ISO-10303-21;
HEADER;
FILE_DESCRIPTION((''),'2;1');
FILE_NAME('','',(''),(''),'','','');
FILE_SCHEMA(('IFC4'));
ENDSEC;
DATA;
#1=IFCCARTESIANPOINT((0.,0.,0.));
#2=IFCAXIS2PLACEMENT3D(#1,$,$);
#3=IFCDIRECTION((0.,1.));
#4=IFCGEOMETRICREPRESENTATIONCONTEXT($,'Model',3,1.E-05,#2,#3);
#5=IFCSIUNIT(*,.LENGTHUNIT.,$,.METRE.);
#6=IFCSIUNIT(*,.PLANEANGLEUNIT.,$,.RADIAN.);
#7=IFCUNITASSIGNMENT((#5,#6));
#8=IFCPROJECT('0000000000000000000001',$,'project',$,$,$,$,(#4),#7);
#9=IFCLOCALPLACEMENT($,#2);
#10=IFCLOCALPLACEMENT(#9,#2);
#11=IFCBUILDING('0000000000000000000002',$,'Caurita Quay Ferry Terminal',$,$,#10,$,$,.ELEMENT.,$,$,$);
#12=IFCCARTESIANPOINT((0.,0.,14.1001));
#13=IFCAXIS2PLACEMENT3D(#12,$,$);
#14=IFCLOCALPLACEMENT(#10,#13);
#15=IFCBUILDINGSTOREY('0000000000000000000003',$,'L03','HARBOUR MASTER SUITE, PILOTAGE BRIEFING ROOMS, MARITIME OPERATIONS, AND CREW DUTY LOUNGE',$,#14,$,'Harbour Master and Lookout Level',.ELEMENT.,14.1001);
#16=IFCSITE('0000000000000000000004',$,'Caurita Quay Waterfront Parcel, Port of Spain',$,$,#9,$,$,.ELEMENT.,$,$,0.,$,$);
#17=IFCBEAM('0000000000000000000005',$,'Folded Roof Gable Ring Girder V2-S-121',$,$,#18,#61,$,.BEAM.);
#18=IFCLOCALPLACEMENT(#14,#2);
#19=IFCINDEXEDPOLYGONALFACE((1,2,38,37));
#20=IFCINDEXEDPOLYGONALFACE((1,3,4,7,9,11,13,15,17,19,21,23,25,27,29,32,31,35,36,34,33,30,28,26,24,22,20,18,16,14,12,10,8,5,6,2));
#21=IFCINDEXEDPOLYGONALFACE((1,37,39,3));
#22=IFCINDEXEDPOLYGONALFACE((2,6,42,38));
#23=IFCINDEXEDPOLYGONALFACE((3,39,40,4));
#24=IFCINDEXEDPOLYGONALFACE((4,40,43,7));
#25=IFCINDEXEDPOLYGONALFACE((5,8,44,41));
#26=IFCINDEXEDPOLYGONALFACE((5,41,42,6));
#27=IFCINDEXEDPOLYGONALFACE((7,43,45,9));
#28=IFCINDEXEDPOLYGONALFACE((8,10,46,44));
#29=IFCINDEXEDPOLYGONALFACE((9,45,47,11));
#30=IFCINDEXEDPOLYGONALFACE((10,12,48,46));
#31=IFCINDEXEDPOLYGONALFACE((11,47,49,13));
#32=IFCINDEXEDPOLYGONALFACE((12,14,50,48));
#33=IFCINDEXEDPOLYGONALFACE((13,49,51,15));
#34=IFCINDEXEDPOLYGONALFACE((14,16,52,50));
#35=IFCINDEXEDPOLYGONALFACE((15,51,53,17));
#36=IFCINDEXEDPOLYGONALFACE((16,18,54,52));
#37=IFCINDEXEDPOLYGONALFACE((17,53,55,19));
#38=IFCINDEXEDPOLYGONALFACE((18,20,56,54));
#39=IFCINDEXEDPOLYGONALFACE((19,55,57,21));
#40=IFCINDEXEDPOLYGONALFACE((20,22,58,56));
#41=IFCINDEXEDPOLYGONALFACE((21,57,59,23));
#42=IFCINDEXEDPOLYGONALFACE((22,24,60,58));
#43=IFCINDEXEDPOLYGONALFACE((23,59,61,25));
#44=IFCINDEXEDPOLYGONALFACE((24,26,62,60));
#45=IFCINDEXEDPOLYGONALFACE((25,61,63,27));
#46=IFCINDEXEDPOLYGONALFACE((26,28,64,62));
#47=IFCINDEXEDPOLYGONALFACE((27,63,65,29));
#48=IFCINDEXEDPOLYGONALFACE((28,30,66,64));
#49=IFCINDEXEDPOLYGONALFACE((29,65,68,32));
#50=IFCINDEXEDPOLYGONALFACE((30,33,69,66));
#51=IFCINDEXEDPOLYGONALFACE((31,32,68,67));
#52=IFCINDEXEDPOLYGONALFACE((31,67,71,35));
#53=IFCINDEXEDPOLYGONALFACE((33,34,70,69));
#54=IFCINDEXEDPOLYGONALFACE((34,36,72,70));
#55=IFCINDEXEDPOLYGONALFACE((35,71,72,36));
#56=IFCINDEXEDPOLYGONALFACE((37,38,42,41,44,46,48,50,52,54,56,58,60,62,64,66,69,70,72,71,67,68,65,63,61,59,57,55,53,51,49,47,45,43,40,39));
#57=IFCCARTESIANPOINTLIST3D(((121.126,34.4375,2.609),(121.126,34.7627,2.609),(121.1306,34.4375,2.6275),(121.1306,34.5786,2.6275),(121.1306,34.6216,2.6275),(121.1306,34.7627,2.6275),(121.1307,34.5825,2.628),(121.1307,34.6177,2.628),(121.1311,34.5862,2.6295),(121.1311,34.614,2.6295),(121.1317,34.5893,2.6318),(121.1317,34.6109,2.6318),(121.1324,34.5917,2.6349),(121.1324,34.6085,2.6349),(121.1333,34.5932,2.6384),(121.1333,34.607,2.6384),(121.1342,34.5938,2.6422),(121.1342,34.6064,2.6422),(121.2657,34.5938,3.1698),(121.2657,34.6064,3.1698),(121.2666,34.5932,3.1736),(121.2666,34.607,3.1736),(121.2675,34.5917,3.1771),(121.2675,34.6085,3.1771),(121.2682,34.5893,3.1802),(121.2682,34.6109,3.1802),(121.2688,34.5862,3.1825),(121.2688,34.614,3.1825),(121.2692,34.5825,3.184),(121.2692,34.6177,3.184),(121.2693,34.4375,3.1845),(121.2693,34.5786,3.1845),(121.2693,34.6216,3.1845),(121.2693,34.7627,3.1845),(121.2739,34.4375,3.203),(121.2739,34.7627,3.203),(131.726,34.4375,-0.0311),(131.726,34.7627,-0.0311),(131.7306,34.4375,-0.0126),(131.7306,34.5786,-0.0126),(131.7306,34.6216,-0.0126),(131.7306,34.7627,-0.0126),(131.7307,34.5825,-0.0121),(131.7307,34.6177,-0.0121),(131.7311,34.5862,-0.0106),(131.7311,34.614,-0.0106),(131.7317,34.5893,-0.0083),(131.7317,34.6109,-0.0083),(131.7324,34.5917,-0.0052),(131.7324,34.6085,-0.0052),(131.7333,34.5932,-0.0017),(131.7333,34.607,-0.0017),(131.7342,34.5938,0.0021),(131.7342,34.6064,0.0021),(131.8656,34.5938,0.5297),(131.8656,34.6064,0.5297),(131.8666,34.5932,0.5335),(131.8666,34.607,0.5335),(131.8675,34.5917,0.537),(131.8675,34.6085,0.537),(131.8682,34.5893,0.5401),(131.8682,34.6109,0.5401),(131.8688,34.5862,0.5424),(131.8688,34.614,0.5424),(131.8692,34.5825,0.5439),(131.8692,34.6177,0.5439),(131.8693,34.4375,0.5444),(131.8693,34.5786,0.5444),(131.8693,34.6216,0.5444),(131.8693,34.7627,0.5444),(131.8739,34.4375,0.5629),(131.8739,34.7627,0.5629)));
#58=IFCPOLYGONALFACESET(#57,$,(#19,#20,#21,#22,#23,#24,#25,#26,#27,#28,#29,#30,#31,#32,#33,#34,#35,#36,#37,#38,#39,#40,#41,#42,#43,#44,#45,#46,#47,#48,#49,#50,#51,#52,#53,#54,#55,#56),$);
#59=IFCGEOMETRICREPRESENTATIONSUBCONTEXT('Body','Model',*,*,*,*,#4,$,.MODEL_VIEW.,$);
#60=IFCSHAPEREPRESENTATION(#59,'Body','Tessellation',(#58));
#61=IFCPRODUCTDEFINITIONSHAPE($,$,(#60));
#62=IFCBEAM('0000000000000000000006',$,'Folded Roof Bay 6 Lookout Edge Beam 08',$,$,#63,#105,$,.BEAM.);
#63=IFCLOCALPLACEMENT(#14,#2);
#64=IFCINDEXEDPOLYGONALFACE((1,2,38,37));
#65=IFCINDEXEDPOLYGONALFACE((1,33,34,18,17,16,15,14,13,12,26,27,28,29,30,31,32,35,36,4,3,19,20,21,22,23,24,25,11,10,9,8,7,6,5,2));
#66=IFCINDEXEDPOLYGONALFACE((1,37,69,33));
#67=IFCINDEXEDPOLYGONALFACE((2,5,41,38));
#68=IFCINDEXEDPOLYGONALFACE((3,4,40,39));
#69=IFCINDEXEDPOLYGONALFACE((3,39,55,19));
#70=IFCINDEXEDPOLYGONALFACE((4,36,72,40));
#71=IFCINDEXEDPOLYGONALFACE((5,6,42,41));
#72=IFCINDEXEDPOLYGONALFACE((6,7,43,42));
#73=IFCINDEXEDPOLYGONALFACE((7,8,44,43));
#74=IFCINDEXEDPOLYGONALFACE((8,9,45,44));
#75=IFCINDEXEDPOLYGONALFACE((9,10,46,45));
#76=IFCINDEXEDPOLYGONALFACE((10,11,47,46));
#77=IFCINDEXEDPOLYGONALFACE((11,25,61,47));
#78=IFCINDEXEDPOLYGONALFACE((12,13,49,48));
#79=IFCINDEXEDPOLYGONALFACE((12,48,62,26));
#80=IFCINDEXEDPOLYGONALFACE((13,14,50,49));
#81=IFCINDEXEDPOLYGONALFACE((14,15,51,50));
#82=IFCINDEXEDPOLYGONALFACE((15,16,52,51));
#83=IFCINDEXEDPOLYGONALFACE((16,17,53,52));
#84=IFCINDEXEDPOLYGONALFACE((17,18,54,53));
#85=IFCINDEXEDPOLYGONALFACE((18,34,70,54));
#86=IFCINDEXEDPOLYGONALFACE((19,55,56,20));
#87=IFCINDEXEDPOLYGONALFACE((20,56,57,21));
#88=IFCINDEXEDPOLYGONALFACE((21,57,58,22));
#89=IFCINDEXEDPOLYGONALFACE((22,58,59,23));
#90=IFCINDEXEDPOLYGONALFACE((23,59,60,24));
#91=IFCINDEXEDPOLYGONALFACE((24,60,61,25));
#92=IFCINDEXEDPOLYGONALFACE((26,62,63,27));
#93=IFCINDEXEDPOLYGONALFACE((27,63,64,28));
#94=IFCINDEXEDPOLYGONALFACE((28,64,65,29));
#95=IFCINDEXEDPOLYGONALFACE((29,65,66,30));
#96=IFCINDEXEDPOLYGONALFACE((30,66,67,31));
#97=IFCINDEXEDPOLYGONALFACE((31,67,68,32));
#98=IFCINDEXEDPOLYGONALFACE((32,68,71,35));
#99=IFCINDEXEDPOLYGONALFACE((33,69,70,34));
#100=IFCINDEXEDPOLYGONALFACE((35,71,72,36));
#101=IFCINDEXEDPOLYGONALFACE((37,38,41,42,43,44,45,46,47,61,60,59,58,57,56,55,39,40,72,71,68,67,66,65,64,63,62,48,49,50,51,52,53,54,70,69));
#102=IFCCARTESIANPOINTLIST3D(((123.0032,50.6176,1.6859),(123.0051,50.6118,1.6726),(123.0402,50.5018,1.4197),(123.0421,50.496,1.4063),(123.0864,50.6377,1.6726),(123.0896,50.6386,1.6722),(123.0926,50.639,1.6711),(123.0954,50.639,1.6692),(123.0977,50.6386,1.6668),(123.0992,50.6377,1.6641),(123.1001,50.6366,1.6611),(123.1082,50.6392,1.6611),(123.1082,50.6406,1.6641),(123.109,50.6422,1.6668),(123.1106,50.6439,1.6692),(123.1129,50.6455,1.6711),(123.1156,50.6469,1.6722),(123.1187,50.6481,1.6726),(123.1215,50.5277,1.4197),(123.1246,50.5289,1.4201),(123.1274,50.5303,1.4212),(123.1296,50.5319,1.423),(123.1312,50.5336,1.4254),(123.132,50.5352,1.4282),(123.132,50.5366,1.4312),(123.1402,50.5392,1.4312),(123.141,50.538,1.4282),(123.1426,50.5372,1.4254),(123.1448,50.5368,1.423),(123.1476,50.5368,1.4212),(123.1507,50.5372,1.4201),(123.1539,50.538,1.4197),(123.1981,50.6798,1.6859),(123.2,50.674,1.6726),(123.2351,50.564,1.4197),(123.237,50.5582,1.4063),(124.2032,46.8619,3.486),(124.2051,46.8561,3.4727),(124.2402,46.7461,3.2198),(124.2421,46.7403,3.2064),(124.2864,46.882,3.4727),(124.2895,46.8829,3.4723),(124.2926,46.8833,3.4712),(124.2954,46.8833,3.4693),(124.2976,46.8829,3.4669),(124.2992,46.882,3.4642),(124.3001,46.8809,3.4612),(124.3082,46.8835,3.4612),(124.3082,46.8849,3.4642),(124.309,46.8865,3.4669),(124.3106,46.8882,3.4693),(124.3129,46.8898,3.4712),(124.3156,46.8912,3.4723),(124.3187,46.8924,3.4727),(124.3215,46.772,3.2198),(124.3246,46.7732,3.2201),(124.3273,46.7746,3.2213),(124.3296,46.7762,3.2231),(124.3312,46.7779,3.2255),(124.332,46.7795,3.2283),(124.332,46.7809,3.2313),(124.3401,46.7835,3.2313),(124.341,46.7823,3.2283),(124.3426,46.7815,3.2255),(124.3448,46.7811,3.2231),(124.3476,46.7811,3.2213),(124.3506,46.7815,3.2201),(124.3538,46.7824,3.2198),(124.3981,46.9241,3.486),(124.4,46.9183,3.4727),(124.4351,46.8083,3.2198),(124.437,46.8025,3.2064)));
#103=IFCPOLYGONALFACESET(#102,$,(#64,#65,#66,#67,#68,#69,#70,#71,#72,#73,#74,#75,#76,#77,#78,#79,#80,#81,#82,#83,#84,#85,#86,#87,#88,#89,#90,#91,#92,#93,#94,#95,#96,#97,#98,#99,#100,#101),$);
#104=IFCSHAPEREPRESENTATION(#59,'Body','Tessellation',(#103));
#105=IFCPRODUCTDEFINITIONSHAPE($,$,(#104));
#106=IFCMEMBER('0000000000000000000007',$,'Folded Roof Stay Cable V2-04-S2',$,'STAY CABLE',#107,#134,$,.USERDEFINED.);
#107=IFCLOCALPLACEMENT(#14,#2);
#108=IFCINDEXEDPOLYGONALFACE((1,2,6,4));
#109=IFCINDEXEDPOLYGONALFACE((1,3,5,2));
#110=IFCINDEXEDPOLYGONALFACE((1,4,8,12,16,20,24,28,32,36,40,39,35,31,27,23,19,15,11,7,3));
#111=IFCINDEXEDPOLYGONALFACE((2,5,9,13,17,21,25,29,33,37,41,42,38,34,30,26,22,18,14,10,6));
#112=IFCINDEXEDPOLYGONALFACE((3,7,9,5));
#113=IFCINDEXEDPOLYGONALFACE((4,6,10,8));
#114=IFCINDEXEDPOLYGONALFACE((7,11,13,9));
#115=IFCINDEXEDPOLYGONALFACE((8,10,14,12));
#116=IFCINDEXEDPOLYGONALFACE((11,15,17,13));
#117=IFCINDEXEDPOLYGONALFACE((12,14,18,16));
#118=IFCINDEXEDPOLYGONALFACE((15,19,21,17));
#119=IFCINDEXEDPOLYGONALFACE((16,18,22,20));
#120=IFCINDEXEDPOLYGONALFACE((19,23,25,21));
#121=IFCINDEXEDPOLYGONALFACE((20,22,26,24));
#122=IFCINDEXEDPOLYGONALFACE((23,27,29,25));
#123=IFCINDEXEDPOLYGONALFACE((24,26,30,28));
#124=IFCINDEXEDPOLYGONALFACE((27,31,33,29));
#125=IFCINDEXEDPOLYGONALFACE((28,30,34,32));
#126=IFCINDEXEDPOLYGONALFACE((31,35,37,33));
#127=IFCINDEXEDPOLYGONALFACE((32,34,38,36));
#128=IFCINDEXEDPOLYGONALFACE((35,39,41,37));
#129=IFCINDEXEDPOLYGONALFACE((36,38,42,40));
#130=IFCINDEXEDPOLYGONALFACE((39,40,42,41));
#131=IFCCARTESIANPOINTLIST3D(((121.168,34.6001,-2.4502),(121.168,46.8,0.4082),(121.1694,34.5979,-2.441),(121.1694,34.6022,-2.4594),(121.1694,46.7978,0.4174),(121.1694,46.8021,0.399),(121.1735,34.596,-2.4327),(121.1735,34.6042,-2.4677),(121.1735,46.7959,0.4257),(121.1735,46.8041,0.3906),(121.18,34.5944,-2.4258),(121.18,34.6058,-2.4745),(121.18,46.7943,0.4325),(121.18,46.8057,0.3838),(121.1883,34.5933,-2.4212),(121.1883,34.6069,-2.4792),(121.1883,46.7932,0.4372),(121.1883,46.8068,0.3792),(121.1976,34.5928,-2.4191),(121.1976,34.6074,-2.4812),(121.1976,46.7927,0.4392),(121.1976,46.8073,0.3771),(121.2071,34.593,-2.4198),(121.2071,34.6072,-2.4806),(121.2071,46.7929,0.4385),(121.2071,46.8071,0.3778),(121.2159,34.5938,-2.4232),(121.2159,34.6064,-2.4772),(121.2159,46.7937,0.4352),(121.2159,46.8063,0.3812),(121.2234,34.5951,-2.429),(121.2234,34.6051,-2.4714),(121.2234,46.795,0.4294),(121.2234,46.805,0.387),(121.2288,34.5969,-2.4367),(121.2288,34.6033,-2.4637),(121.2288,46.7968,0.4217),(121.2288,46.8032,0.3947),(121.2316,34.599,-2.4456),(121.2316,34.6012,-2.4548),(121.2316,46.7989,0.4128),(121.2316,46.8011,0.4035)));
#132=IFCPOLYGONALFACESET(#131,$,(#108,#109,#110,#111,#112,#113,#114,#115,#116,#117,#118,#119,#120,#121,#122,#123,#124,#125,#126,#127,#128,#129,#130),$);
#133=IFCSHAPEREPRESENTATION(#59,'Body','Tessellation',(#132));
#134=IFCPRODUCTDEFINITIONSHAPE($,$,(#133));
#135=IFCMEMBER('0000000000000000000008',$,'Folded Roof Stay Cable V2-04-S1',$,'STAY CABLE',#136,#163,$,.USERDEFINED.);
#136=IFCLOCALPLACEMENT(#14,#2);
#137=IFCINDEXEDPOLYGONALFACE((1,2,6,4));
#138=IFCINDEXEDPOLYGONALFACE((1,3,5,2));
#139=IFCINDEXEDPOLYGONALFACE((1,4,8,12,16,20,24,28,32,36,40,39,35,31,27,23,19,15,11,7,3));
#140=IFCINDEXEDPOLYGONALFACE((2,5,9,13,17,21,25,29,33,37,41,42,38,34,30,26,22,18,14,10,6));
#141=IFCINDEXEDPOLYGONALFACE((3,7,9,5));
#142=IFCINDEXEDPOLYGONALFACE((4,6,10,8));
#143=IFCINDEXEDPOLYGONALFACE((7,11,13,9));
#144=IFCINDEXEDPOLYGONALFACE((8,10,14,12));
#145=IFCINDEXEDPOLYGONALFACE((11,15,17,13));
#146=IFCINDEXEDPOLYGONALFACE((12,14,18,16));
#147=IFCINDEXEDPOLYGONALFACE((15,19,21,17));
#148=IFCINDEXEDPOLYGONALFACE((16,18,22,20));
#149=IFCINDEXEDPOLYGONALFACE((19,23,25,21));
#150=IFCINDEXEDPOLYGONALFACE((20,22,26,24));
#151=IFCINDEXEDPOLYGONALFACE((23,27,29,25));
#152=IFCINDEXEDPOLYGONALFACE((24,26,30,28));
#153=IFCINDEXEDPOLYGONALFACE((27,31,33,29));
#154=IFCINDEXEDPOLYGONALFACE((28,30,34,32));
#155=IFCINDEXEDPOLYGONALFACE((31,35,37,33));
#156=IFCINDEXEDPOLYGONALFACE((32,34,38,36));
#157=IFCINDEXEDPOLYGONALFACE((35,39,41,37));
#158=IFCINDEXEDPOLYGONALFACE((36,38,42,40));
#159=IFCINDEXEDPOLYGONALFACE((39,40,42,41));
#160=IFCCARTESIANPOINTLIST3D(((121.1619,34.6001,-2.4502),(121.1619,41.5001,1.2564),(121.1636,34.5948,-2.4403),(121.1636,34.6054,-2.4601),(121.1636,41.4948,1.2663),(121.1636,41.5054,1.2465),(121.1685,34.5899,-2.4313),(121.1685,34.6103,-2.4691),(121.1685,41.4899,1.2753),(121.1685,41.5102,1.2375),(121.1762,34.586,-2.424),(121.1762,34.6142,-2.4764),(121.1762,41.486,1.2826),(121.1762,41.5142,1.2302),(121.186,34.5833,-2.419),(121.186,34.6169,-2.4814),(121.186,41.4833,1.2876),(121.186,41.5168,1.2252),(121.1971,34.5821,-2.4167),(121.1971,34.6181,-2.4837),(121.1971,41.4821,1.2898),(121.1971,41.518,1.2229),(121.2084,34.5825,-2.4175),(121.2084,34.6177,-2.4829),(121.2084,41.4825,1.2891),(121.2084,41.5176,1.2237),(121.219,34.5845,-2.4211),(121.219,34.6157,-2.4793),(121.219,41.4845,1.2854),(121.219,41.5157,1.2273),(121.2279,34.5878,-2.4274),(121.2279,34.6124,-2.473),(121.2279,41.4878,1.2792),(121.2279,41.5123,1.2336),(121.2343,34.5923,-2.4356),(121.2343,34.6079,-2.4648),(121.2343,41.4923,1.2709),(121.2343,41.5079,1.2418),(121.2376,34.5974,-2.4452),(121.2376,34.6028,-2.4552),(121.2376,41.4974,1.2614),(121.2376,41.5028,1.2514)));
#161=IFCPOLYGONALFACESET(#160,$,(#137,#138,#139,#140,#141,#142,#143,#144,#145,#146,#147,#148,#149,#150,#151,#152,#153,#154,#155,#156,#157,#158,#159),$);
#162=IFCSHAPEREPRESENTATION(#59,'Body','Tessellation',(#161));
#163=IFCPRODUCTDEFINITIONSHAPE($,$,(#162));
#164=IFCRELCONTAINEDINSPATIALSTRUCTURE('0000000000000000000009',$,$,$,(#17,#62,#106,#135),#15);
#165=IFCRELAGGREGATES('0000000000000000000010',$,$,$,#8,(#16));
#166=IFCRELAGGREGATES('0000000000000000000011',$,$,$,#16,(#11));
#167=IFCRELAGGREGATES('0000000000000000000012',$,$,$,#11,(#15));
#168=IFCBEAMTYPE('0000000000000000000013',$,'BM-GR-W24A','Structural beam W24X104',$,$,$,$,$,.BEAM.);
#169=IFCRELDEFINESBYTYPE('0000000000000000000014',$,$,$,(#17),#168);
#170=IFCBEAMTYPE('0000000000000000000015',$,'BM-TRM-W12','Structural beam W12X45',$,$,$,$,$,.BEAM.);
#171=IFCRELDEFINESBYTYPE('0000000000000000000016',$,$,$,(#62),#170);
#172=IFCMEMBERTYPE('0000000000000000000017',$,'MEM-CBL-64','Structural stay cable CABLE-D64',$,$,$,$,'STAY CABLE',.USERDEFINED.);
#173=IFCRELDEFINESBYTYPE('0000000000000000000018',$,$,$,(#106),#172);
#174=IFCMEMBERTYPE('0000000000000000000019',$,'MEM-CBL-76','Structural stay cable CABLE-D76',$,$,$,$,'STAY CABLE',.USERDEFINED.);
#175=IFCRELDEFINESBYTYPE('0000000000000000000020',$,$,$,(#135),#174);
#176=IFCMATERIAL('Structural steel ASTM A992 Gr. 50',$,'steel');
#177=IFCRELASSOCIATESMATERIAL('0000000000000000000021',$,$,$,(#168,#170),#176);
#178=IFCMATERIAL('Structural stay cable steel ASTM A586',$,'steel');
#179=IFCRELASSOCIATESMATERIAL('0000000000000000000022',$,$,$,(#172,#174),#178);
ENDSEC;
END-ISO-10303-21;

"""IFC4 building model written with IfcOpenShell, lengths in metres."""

from ifc_helpers import new_model, si_unit, direction, frame, origin, origin_2d, place, context, subcontext, project, spatial, circle, i_section, extrude, material, material_profile, profile_set, type_object, element, save


model = new_model("IFC4")

# Units and contexts
model_context = context("Model", 3, precision=1e-05, world=origin(), true_north=direction((0.0, 1.0)))
body_context = subcontext(model_context, "Body", "Model", "MODEL_VIEW")
ifc_project = project(units=[si_unit("LENGTHUNIT", "METRE"), si_unit("PLANEANGLEUNIT", "RADIAN")], contexts=[model_context])

# Site, building, storey
site_placement = place(None, origin())
site = spatial("IfcSite", under=ifc_project, at=site_placement, Name="Caurita Quay Waterfront Parcel, Port of Spain", CompositionType="ELEMENT", RefElevation=0.0)
building_placement = place(site_placement, origin())
building = spatial("IfcBuilding", under=site, at=building_placement, Name="Caurita Quay Ferry Terminal", CompositionType="ELEMENT")
storey_placement = place(building_placement, frame((0.0, 0.0, 14.1001)))
storey = spatial("IfcBuildingStorey", under=building, at=storey_placement, Name="L03", Description="HARBOUR MASTER SUITE, PILOTAGE BRIEFING ROOMS, MARITIME OPERATIONS, AND CREW DUTY LOUNGE", LongName="Harbour Master and Lookout Level", CompositionType="ELEMENT", Elevation=14.1001)

# Beams
ifc_material_1 = material(Name="Structural steel ASTM A992 Gr. 50", Category="steel")
ifc_material_profile_1 = material_profile(ifc_material_1, i_section(OverallWidth=0.3252, OverallDepth=0.6121, WebThickness=0.0127, FlangeThickness=0.019, FilletRadius=0.0151, at=origin_2d()), Name="W24X104")
ifc_profile_set_1 = profile_set([ifc_material_profile_1], Name="Structural steel ASTM A992 Gr. 50")
beam_type_1 = type_object("IfcBeamType", Name="BM-GR-W24A", Description="Structural beam W24X104", PredefinedType="BEAM", material=ifc_profile_set_1)
beam_1_placement = place(storey_placement, frame((121.2, 34.6001, 2.906), z_axis=(0.970355, 0.0, -0.241684), x_axis=(0.0, 1.0, 0.0)))
element("IfcBeam", 1, at=beam_1_placement, inside=storey, type_object=beam_type_1, Name="Folded Roof Gable Ring Girder V2-S-121", PredefinedType="BEAM", context=body_context, shape_type="SweptSolid", body=[
    extrude(i_section(OverallWidth=0.3252, OverallDepth=0.6121, WebThickness=0.0127, FlangeThickness=0.019, FilletRadius=0.0151, at=origin_2d()), origin(), (0.0, 0.0, 1.0), 10.9238),
])
ifc_material_profile_2 = material_profile(ifc_material_1, i_section(OverallWidth=0.2046, OverallDepth=0.3074, WebThickness=0.0085, FlangeThickness=0.0146, FilletRadius=0.0127, at=origin_2d()), Name="W12X45")
ifc_profile_set_2 = profile_set([ifc_material_profile_2], Name="Structural steel ASTM A992 Gr. 50")
beam_type_2 = type_object("IfcBeamType", Name="BM-TRM-W12", Description="Structural beam W12X45", PredefinedType="BEAM", material=ifc_profile_set_2)
beam_2_placement = place(storey_placement, frame((123.1201, 50.5879, 1.5461), z_axis=(0.276861, -0.866521, 0.415319), x_axis=(0.95256, 0.304351, 0.0)))
element("IfcBeam", 2, at=beam_2_placement, inside=storey, type_object=beam_type_2, Name="Folded Roof Bay 6 Lookout Edge Beam 08", PredefinedType="BEAM", context=body_context, shape_type="SweptSolid", body=[
    extrude(i_section(OverallWidth=0.2046, OverallDepth=0.3074, WebThickness=0.0085, FlangeThickness=0.0146, FilletRadius=0.0127, at=origin_2d()), origin(), (0.0, 0.0, 1.0), 4.3342),
])

# Members
ifc_material_2 = material(Name="Structural stay cable steel ASTM A586", Category="steel")
ifc_material_profile_3 = material_profile(ifc_material_2, circle(Radius=0.032, at=origin_2d()), Name="CABLE-D64")
ifc_profile_set_3 = profile_set([ifc_material_profile_3], Name="Structural stay cable steel ASTM A586")
member_type_1 = type_object("IfcMemberType", Name="MEM-CBL-64", Description="Structural stay cable CABLE-D64", ElementType="STAY CABLE", PredefinedType="USERDEFINED", material=ifc_profile_set_3)
member_1_placement = place(storey_placement, frame((121.2, 34.6001, -2.4502), z_axis=(0.0, 0.973633, 0.228118), x_axis=(-1.0, 0.0, 0.0)))
element("IfcMember", 3, at=member_1_placement, inside=storey, type_object=member_type_1, Name="Folded Roof Stay Cable V2-04-S2", ObjectType="STAY CABLE", PredefinedType="USERDEFINED", context=body_context, shape_type="SweptSolid", body=[
    extrude(circle(Radius=0.032, at=origin_2d()), origin(), (0.0, 0.0, 1.0), 12.5303),
])
ifc_material_profile_4 = material_profile(ifc_material_2, circle(Radius=0.0381, at=origin_2d()), Name="CABLE-D76")
ifc_profile_set_4 = profile_set([ifc_material_profile_4], Name="Structural stay cable steel ASTM A586")
member_type_2 = type_object("IfcMemberType", Name="MEM-CBL-76", Description="Structural stay cable CABLE-D76", ElementType="STAY CABLE", PredefinedType="USERDEFINED", material=ifc_profile_set_4)
member_2_placement = place(storey_placement, frame((121.2, 34.6001, -2.4502), z_axis=(0.0, 0.880939, 0.47323), x_axis=(-1.0, 0.0, 0.0)))
element("IfcMember", 4, at=member_2_placement, inside=storey, type_object=member_type_2, Name="Folded Roof Stay Cable V2-04-S1", ObjectType="STAY CABLE", PredefinedType="USERDEFINED", context=body_context, shape_type="SweptSolid", body=[
    extrude(circle(Radius=0.0381, at=origin_2d()), origin(), (0.0, 0.0, 1.0), 7.8325),
])

save(model, "model.ifc")
